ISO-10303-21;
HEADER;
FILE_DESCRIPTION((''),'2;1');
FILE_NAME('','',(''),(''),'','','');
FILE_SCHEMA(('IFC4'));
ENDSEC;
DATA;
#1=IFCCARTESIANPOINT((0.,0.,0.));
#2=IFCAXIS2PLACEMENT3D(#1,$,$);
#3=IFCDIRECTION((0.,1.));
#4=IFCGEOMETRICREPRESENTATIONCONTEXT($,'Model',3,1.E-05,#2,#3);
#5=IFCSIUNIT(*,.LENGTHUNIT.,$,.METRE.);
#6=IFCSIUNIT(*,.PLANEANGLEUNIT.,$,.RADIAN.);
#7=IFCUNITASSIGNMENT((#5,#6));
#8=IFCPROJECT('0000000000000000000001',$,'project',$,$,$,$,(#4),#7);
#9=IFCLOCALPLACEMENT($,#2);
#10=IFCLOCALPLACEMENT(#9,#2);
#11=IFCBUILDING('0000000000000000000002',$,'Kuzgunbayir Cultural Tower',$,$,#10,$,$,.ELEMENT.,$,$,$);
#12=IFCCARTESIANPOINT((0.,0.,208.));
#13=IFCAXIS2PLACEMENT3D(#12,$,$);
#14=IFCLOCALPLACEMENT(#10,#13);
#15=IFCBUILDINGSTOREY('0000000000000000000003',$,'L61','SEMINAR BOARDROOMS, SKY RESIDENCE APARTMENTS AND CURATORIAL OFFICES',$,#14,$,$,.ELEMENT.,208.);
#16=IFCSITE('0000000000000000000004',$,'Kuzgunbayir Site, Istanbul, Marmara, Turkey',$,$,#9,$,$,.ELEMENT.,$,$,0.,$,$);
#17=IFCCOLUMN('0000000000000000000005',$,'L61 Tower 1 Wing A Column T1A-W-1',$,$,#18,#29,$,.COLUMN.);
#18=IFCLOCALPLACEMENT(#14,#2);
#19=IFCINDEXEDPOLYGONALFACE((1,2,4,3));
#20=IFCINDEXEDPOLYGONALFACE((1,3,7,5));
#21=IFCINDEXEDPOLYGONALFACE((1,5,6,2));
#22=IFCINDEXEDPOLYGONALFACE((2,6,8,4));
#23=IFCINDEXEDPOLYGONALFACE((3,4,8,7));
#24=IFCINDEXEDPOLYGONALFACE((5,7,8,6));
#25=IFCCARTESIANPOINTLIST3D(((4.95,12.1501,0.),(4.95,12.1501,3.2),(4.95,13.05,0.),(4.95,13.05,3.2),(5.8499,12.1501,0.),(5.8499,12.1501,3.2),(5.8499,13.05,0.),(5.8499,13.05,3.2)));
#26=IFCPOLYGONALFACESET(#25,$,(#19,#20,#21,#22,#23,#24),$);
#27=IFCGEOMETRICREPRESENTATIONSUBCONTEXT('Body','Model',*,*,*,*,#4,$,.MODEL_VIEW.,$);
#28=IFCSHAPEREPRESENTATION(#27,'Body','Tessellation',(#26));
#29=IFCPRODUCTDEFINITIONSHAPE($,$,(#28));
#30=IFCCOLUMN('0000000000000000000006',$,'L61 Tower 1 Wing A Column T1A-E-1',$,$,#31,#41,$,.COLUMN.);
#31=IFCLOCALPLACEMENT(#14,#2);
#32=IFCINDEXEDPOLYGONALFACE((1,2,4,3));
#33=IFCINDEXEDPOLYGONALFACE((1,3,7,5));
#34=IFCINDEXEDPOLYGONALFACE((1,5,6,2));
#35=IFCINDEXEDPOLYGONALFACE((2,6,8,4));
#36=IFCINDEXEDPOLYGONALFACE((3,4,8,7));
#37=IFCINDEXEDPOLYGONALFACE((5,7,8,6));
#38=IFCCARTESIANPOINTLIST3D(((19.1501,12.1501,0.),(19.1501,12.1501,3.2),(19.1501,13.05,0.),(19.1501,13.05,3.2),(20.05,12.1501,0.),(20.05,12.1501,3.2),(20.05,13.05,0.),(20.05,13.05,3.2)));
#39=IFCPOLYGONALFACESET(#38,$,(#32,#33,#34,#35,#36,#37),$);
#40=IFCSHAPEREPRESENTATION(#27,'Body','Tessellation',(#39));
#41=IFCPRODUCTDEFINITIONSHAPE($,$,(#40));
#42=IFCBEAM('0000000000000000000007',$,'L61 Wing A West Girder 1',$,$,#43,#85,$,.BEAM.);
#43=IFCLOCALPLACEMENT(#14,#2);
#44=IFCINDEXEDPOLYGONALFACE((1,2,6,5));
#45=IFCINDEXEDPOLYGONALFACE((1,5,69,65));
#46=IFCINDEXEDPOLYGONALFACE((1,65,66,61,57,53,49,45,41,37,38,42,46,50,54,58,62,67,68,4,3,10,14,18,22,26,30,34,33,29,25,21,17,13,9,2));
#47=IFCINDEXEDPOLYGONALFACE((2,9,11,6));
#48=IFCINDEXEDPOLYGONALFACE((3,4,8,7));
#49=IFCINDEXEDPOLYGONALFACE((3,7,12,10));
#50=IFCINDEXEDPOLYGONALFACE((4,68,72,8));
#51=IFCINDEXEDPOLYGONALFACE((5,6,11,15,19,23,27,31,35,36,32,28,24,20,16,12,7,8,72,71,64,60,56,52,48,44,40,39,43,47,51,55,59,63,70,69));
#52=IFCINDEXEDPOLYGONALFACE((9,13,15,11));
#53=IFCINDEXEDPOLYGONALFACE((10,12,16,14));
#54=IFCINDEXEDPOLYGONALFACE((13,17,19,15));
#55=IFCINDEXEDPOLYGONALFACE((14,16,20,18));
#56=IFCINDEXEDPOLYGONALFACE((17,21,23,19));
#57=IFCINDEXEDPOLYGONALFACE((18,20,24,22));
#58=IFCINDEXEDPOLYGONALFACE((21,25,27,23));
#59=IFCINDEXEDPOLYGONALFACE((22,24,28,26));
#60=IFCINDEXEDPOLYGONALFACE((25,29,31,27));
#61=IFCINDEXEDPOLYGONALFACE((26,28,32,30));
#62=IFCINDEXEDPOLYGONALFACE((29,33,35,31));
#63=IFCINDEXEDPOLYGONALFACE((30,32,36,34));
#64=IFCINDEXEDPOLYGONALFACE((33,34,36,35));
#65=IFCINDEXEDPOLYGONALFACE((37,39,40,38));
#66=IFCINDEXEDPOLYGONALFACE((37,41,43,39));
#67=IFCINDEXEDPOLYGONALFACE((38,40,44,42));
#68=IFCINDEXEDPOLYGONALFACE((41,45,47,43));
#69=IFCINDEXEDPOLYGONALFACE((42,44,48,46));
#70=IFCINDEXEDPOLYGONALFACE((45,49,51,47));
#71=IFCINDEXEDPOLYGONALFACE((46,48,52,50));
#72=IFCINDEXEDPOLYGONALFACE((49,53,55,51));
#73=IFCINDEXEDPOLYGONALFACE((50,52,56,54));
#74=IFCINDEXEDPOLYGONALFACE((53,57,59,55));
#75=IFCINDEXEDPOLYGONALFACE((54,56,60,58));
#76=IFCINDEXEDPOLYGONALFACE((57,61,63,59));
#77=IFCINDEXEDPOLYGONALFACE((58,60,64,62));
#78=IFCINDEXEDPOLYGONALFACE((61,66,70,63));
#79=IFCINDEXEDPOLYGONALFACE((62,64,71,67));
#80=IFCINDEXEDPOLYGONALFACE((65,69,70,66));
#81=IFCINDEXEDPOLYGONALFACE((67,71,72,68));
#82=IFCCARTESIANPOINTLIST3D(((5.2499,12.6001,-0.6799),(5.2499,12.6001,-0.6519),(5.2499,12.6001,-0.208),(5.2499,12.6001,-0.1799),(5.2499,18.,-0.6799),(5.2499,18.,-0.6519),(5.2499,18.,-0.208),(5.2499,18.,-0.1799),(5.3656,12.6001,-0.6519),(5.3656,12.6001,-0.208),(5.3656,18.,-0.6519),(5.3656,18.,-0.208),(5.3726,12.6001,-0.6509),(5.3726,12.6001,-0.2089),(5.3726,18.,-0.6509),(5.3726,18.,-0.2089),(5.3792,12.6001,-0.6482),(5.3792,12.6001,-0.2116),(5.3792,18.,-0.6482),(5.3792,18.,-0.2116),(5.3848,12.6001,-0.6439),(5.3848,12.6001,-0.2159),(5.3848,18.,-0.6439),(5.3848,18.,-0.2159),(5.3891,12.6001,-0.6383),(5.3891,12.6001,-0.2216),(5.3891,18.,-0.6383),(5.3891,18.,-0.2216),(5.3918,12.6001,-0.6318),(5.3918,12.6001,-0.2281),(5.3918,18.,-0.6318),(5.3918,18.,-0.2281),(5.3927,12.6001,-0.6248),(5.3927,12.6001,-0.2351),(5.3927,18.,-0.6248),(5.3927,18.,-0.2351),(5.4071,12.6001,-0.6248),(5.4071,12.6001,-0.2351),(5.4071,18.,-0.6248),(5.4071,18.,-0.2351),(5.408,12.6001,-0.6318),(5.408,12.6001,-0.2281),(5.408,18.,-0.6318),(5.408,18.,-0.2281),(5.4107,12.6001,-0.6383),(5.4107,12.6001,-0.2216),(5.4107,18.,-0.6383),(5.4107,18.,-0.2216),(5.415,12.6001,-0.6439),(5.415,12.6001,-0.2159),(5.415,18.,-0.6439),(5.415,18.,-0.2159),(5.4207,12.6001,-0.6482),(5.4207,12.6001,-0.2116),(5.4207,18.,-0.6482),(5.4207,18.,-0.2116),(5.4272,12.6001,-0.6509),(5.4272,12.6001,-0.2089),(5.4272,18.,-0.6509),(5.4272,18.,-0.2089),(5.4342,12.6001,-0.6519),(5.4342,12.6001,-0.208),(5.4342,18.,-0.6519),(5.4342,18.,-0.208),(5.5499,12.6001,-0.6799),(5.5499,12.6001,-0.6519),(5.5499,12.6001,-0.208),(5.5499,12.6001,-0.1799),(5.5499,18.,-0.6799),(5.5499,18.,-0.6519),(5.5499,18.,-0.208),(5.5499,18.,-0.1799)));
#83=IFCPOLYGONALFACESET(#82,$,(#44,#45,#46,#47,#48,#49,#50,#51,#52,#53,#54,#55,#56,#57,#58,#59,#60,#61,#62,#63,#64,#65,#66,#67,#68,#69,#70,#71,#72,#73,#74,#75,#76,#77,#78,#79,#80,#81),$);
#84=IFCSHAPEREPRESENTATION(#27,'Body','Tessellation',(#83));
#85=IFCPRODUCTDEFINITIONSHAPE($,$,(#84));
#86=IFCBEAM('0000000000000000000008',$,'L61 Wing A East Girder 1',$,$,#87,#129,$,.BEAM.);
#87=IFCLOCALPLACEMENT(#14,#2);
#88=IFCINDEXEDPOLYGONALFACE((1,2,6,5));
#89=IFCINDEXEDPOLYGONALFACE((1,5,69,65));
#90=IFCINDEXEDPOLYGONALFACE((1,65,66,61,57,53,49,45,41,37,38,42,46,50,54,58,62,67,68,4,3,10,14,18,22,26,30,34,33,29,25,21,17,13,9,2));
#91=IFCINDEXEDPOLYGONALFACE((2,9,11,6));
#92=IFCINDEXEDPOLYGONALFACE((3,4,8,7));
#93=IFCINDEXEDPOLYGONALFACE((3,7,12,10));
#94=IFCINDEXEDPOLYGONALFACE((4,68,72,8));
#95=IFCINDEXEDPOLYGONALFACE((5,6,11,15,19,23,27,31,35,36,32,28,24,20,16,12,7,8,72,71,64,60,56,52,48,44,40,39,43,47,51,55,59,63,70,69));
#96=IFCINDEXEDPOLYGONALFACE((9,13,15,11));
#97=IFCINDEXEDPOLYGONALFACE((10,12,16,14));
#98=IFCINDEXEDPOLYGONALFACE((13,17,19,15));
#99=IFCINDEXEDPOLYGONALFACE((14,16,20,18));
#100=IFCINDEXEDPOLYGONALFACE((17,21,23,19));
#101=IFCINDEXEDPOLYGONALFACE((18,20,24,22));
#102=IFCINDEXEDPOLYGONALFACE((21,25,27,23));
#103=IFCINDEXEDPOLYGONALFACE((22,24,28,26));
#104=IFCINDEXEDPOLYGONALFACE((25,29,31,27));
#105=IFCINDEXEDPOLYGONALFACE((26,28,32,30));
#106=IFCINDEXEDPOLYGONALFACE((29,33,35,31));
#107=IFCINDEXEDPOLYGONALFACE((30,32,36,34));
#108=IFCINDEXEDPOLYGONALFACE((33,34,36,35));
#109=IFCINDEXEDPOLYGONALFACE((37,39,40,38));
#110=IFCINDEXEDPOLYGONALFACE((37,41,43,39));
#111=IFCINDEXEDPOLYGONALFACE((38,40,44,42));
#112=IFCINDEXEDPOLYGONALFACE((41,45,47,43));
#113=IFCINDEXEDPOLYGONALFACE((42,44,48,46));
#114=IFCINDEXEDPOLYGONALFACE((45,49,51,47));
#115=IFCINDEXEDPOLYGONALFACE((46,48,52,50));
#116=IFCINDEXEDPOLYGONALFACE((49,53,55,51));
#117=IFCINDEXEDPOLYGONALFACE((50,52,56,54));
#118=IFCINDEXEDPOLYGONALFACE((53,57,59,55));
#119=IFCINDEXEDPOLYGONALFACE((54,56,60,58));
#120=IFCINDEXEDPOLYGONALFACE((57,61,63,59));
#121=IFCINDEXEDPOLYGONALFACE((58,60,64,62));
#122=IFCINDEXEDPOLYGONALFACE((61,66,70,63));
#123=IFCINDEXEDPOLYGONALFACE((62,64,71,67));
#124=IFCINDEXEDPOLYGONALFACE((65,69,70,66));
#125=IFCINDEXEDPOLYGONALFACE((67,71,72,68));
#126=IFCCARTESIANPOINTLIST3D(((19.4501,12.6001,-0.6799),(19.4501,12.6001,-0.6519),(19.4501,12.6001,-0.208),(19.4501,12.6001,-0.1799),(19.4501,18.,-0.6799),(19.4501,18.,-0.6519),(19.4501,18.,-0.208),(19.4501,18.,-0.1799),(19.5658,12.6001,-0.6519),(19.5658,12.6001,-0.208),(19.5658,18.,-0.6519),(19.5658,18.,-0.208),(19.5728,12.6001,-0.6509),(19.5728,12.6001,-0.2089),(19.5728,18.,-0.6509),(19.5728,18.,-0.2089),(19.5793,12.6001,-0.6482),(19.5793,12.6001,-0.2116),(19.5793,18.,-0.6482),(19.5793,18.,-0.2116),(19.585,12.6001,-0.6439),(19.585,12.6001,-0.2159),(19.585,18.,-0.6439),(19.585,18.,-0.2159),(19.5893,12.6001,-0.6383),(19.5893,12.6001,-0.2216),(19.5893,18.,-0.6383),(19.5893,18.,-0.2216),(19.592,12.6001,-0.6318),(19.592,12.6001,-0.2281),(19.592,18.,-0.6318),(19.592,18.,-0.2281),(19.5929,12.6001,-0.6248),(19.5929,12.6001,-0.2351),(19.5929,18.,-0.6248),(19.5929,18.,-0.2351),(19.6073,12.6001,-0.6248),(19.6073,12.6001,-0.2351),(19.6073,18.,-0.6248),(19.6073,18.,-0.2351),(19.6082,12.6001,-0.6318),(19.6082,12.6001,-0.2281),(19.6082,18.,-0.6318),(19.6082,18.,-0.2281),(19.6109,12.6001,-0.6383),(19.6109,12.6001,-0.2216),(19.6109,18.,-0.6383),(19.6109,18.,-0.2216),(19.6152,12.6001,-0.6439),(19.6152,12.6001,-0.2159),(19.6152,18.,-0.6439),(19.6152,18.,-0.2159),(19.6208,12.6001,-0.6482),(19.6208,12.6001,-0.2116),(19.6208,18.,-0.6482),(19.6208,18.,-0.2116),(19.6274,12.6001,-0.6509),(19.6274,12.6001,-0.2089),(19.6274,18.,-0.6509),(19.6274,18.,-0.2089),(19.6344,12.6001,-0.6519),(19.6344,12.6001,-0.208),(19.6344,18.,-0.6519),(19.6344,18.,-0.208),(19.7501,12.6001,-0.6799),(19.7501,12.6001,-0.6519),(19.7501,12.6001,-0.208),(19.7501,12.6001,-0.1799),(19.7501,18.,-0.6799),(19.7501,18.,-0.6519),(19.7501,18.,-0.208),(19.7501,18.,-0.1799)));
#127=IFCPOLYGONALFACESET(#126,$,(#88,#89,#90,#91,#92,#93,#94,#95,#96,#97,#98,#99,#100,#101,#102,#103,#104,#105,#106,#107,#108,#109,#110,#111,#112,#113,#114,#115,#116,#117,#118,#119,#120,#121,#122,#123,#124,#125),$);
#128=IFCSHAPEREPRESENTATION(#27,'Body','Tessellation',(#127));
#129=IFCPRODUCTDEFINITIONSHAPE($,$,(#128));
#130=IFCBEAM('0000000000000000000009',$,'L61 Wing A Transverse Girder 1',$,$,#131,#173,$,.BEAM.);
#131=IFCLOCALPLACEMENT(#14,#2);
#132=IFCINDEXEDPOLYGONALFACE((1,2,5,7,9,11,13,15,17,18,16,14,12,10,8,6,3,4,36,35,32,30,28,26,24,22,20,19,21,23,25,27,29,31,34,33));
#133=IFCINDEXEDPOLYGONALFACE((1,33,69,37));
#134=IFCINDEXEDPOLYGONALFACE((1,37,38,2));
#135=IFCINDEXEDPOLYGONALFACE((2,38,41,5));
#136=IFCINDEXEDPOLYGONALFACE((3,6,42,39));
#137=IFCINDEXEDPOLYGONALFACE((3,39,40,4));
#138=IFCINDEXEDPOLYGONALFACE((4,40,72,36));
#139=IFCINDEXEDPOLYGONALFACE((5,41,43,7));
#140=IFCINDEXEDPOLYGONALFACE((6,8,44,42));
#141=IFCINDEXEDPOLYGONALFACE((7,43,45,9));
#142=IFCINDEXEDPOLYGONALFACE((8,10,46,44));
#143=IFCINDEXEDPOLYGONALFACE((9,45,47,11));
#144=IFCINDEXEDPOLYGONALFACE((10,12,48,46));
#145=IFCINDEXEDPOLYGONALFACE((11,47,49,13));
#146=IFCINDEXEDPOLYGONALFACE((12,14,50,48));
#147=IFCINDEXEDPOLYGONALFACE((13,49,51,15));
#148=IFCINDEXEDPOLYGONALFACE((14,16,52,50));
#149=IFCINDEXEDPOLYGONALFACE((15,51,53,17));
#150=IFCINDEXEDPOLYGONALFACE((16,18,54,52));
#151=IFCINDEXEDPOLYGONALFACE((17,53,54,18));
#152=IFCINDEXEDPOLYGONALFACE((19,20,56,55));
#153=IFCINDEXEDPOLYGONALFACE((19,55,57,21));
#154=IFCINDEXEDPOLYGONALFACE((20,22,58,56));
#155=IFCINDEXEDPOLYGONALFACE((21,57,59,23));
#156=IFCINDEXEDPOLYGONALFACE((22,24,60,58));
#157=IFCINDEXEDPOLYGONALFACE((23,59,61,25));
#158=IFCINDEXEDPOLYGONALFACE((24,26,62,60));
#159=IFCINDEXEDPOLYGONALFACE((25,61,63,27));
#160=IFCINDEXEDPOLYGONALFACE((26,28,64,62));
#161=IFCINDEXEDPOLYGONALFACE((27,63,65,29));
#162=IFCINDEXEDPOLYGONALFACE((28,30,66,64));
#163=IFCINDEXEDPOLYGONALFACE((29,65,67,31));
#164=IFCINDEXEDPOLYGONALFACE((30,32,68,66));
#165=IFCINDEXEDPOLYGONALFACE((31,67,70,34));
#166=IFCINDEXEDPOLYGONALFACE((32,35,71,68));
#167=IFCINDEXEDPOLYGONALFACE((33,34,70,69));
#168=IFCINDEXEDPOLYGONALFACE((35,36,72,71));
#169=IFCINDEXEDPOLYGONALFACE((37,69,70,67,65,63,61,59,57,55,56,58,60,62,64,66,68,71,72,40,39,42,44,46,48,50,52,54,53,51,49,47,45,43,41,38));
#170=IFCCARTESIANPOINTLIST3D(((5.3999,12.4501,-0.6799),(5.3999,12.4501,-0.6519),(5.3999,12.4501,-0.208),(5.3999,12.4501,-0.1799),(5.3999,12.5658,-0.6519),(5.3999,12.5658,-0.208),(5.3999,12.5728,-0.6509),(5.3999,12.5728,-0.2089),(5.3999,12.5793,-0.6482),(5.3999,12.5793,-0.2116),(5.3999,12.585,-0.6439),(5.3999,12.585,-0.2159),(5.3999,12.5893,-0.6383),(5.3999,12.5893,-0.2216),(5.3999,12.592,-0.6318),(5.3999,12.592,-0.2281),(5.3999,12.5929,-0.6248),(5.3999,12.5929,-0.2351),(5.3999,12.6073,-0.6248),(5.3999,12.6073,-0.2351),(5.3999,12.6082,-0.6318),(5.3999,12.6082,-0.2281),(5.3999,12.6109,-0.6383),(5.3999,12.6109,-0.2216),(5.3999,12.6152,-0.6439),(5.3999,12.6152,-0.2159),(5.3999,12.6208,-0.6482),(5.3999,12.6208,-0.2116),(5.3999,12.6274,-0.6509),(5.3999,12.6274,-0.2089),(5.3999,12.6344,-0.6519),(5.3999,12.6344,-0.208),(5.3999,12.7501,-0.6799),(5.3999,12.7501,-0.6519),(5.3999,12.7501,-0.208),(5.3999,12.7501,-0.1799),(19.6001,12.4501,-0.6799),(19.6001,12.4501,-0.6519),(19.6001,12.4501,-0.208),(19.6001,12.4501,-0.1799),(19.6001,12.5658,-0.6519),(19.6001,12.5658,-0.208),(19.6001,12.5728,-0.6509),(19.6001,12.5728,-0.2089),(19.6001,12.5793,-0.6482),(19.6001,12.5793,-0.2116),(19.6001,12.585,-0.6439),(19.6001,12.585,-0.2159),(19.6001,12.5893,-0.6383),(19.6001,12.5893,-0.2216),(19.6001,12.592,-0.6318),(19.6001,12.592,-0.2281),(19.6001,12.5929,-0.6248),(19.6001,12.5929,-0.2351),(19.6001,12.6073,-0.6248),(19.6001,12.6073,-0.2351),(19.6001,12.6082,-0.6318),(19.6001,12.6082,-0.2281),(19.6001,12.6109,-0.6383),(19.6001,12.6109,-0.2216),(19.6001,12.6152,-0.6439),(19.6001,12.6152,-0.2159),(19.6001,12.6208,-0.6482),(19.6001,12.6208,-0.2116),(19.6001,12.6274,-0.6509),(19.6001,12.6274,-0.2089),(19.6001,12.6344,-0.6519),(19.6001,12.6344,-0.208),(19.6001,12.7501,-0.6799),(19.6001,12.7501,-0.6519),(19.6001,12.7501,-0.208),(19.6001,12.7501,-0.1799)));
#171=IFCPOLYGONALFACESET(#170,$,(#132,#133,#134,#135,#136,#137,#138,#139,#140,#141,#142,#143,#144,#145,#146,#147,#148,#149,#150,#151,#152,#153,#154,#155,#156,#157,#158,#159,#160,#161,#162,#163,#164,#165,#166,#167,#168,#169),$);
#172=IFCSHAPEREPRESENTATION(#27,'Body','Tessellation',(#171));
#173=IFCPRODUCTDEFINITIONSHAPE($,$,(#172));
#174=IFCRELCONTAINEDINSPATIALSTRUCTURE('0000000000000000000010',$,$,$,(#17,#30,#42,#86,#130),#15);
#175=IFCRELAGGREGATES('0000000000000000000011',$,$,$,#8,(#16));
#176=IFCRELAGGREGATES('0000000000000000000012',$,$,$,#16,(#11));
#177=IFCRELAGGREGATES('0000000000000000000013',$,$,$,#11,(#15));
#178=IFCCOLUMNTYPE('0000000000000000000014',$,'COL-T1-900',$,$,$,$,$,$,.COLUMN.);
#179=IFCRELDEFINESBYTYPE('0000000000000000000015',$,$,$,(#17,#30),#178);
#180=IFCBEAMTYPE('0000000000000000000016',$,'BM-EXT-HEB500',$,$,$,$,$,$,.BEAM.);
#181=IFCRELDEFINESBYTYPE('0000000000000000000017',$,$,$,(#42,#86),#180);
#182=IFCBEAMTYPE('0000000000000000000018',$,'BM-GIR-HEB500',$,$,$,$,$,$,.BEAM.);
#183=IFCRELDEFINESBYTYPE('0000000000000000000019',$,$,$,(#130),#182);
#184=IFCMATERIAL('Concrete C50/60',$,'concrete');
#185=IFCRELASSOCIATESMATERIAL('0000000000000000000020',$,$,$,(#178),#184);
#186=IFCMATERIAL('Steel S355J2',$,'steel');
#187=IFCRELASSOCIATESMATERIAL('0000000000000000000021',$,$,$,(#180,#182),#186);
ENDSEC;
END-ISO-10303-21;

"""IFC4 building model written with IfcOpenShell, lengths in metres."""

from ifc_helpers import new_model, si_unit, direction, frame, origin, origin_2d, place, context, subcontext, project, spatial, rectangle, i_section, extrude, material, material_profile, profile_set, type_object, element, save


model = new_model("IFC4")

# Units and contexts
model_context = context("Model", 3, precision=1e-05, world=origin(), true_north=direction((0.0, 1.0)))
body_context = subcontext(model_context, "Body", "Model", "MODEL_VIEW")
ifc_project = project(units=[si_unit("LENGTHUNIT", "METRE"), si_unit("PLANEANGLEUNIT", "RADIAN")], contexts=[model_context])

# Site, building, storey
site_placement = place(None, origin())
site = spatial("IfcSite", under=ifc_project, at=site_placement, Name="Kuzgunbayir Site, Istanbul, Marmara, Turkey", CompositionType="ELEMENT", RefElevation=0.0)
building_placement = place(site_placement, origin())
building = spatial("IfcBuilding", under=site, at=building_placement, Name="Kuzgunbayir Cultural Tower", CompositionType="ELEMENT")
storey_placement = place(building_placement, frame((0.0, 0.0, 208.0)))
storey = spatial("IfcBuildingStorey", under=building, at=storey_placement, Name="L61", Description="SEMINAR BOARDROOMS, SKY RESIDENCE APARTMENTS AND CURATORIAL OFFICES", CompositionType="ELEMENT", Elevation=208.0)

# Columns
ifc_material_1 = material(Name="Concrete C50/60", Category="concrete")
ifc_material_profile_1 = material_profile(ifc_material_1, rectangle(XDim=0.8999, YDim=0.8999, at=origin_2d()), Name="RC 900x900")
ifc_profile_set_1 = profile_set([ifc_material_profile_1], Name="Concrete C50/60")
column_type = type_object("IfcColumnType", Name="COL-T1-900", PredefinedType="COLUMN", material=ifc_profile_set_1)
for number, where, z_axis, x_axis, name in (
    (1, (5.3999, 12.6001, 0.0), (0.0, 0.0, 1.0), (1.0, 0.0, 0.0), "L61 Tower 1 Wing A Column T1A-W-1"),
    (2, (19.6001, 12.6001, 0.0), (0.0, 0.0, 1.0), (1.0, 0.0, 0.0), "L61 Tower 1 Wing A Column T1A-E-1"),
):
    element("IfcColumn", number, at=place(storey_placement, frame(where, z_axis=z_axis, x_axis=x_axis)), inside=storey, type_object=column_type, Name=name, PredefinedType="COLUMN", context=body_context, shape_type="SweptSolid", body=[
        extrude(rectangle(XDim=0.8999, YDim=0.8999, at=origin_2d()), origin(), (0.0, 0.0, 1.0), 3.2),
    ])

# Beams
ifc_material_2 = material(Name="Steel S355J2", Category="steel")
ifc_material_profile_2 = material_profile(ifc_material_2, i_section(OverallWidth=0.3, OverallDepth=0.5, WebThickness=0.0144, FlangeThickness=0.0281, FilletRadius=0.0271, at=origin_2d()), Name="HEB 500")
ifc_profile_set_2 = profile_set([ifc_material_profile_2], Name="Steel S355J2")
beam_type_1 = type_object("IfcBeamType", Name="BM-EXT-HEB500", PredefinedType="BEAM", material=ifc_profile_set_2)
for number, where, z_axis, x_axis, name in (
    (3, (5.3999, 12.6001, -0.4299), (0.0, 1.0, 0.0), (-1.0, 0.0, 0.0), "L61 Wing A West Girder 1"),
    (4, (19.6001, 12.6001, -0.4299), (0.0, 1.0, 0.0), (-1.0, 0.0, 0.0), "L61 Wing A East Girder 1"),
):
    element("IfcBeam", number, at=place(storey_placement, frame(where, z_axis=z_axis, x_axis=x_axis)), inside=storey, type_object=beam_type_1, Name=name, PredefinedType="BEAM", context=body_context, shape_type="SweptSolid", body=[
        extrude(i_section(OverallWidth=0.3, OverallDepth=0.5, WebThickness=0.0144, FlangeThickness=0.0281, FilletRadius=0.0271, at=origin_2d()), origin(), (0.0, 0.0, 1.0), 5.3999),
    ])
ifc_material_profile_3 = material_profile(ifc_material_2, i_section(OverallWidth=0.3, OverallDepth=0.5, WebThickness=0.0144, FlangeThickness=0.0281, FilletRadius=0.0271, at=origin_2d()), Name="HEB 500")
ifc_profile_set_3 = profile_set([ifc_material_profile_3], Name="Steel S355J2")
beam_type_2 = type_object("IfcBeamType", Name="BM-GIR-HEB500", PredefinedType="BEAM", material=ifc_profile_set_3)
beam_1_placement = place(storey_placement, frame((5.3999, 12.6001, -0.4299), z_axis=(1.0, 0.0, 0.0), x_axis=(0.0, 1.0, 0.0)))
element("IfcBeam", 5, at=beam_1_placement, inside=storey, type_object=beam_type_2, Name="L61 Wing A Transverse Girder 1", PredefinedType="BEAM", context=body_context, shape_type="SweptSolid", body=[
    extrude(i_section(OverallWidth=0.3, OverallDepth=0.5, WebThickness=0.0144, FlangeThickness=0.0281, FilletRadius=0.0271, at=origin_2d()), origin(), (0.0, 0.0, 1.0), 14.2002),
])

save(model, "model.ifc")
